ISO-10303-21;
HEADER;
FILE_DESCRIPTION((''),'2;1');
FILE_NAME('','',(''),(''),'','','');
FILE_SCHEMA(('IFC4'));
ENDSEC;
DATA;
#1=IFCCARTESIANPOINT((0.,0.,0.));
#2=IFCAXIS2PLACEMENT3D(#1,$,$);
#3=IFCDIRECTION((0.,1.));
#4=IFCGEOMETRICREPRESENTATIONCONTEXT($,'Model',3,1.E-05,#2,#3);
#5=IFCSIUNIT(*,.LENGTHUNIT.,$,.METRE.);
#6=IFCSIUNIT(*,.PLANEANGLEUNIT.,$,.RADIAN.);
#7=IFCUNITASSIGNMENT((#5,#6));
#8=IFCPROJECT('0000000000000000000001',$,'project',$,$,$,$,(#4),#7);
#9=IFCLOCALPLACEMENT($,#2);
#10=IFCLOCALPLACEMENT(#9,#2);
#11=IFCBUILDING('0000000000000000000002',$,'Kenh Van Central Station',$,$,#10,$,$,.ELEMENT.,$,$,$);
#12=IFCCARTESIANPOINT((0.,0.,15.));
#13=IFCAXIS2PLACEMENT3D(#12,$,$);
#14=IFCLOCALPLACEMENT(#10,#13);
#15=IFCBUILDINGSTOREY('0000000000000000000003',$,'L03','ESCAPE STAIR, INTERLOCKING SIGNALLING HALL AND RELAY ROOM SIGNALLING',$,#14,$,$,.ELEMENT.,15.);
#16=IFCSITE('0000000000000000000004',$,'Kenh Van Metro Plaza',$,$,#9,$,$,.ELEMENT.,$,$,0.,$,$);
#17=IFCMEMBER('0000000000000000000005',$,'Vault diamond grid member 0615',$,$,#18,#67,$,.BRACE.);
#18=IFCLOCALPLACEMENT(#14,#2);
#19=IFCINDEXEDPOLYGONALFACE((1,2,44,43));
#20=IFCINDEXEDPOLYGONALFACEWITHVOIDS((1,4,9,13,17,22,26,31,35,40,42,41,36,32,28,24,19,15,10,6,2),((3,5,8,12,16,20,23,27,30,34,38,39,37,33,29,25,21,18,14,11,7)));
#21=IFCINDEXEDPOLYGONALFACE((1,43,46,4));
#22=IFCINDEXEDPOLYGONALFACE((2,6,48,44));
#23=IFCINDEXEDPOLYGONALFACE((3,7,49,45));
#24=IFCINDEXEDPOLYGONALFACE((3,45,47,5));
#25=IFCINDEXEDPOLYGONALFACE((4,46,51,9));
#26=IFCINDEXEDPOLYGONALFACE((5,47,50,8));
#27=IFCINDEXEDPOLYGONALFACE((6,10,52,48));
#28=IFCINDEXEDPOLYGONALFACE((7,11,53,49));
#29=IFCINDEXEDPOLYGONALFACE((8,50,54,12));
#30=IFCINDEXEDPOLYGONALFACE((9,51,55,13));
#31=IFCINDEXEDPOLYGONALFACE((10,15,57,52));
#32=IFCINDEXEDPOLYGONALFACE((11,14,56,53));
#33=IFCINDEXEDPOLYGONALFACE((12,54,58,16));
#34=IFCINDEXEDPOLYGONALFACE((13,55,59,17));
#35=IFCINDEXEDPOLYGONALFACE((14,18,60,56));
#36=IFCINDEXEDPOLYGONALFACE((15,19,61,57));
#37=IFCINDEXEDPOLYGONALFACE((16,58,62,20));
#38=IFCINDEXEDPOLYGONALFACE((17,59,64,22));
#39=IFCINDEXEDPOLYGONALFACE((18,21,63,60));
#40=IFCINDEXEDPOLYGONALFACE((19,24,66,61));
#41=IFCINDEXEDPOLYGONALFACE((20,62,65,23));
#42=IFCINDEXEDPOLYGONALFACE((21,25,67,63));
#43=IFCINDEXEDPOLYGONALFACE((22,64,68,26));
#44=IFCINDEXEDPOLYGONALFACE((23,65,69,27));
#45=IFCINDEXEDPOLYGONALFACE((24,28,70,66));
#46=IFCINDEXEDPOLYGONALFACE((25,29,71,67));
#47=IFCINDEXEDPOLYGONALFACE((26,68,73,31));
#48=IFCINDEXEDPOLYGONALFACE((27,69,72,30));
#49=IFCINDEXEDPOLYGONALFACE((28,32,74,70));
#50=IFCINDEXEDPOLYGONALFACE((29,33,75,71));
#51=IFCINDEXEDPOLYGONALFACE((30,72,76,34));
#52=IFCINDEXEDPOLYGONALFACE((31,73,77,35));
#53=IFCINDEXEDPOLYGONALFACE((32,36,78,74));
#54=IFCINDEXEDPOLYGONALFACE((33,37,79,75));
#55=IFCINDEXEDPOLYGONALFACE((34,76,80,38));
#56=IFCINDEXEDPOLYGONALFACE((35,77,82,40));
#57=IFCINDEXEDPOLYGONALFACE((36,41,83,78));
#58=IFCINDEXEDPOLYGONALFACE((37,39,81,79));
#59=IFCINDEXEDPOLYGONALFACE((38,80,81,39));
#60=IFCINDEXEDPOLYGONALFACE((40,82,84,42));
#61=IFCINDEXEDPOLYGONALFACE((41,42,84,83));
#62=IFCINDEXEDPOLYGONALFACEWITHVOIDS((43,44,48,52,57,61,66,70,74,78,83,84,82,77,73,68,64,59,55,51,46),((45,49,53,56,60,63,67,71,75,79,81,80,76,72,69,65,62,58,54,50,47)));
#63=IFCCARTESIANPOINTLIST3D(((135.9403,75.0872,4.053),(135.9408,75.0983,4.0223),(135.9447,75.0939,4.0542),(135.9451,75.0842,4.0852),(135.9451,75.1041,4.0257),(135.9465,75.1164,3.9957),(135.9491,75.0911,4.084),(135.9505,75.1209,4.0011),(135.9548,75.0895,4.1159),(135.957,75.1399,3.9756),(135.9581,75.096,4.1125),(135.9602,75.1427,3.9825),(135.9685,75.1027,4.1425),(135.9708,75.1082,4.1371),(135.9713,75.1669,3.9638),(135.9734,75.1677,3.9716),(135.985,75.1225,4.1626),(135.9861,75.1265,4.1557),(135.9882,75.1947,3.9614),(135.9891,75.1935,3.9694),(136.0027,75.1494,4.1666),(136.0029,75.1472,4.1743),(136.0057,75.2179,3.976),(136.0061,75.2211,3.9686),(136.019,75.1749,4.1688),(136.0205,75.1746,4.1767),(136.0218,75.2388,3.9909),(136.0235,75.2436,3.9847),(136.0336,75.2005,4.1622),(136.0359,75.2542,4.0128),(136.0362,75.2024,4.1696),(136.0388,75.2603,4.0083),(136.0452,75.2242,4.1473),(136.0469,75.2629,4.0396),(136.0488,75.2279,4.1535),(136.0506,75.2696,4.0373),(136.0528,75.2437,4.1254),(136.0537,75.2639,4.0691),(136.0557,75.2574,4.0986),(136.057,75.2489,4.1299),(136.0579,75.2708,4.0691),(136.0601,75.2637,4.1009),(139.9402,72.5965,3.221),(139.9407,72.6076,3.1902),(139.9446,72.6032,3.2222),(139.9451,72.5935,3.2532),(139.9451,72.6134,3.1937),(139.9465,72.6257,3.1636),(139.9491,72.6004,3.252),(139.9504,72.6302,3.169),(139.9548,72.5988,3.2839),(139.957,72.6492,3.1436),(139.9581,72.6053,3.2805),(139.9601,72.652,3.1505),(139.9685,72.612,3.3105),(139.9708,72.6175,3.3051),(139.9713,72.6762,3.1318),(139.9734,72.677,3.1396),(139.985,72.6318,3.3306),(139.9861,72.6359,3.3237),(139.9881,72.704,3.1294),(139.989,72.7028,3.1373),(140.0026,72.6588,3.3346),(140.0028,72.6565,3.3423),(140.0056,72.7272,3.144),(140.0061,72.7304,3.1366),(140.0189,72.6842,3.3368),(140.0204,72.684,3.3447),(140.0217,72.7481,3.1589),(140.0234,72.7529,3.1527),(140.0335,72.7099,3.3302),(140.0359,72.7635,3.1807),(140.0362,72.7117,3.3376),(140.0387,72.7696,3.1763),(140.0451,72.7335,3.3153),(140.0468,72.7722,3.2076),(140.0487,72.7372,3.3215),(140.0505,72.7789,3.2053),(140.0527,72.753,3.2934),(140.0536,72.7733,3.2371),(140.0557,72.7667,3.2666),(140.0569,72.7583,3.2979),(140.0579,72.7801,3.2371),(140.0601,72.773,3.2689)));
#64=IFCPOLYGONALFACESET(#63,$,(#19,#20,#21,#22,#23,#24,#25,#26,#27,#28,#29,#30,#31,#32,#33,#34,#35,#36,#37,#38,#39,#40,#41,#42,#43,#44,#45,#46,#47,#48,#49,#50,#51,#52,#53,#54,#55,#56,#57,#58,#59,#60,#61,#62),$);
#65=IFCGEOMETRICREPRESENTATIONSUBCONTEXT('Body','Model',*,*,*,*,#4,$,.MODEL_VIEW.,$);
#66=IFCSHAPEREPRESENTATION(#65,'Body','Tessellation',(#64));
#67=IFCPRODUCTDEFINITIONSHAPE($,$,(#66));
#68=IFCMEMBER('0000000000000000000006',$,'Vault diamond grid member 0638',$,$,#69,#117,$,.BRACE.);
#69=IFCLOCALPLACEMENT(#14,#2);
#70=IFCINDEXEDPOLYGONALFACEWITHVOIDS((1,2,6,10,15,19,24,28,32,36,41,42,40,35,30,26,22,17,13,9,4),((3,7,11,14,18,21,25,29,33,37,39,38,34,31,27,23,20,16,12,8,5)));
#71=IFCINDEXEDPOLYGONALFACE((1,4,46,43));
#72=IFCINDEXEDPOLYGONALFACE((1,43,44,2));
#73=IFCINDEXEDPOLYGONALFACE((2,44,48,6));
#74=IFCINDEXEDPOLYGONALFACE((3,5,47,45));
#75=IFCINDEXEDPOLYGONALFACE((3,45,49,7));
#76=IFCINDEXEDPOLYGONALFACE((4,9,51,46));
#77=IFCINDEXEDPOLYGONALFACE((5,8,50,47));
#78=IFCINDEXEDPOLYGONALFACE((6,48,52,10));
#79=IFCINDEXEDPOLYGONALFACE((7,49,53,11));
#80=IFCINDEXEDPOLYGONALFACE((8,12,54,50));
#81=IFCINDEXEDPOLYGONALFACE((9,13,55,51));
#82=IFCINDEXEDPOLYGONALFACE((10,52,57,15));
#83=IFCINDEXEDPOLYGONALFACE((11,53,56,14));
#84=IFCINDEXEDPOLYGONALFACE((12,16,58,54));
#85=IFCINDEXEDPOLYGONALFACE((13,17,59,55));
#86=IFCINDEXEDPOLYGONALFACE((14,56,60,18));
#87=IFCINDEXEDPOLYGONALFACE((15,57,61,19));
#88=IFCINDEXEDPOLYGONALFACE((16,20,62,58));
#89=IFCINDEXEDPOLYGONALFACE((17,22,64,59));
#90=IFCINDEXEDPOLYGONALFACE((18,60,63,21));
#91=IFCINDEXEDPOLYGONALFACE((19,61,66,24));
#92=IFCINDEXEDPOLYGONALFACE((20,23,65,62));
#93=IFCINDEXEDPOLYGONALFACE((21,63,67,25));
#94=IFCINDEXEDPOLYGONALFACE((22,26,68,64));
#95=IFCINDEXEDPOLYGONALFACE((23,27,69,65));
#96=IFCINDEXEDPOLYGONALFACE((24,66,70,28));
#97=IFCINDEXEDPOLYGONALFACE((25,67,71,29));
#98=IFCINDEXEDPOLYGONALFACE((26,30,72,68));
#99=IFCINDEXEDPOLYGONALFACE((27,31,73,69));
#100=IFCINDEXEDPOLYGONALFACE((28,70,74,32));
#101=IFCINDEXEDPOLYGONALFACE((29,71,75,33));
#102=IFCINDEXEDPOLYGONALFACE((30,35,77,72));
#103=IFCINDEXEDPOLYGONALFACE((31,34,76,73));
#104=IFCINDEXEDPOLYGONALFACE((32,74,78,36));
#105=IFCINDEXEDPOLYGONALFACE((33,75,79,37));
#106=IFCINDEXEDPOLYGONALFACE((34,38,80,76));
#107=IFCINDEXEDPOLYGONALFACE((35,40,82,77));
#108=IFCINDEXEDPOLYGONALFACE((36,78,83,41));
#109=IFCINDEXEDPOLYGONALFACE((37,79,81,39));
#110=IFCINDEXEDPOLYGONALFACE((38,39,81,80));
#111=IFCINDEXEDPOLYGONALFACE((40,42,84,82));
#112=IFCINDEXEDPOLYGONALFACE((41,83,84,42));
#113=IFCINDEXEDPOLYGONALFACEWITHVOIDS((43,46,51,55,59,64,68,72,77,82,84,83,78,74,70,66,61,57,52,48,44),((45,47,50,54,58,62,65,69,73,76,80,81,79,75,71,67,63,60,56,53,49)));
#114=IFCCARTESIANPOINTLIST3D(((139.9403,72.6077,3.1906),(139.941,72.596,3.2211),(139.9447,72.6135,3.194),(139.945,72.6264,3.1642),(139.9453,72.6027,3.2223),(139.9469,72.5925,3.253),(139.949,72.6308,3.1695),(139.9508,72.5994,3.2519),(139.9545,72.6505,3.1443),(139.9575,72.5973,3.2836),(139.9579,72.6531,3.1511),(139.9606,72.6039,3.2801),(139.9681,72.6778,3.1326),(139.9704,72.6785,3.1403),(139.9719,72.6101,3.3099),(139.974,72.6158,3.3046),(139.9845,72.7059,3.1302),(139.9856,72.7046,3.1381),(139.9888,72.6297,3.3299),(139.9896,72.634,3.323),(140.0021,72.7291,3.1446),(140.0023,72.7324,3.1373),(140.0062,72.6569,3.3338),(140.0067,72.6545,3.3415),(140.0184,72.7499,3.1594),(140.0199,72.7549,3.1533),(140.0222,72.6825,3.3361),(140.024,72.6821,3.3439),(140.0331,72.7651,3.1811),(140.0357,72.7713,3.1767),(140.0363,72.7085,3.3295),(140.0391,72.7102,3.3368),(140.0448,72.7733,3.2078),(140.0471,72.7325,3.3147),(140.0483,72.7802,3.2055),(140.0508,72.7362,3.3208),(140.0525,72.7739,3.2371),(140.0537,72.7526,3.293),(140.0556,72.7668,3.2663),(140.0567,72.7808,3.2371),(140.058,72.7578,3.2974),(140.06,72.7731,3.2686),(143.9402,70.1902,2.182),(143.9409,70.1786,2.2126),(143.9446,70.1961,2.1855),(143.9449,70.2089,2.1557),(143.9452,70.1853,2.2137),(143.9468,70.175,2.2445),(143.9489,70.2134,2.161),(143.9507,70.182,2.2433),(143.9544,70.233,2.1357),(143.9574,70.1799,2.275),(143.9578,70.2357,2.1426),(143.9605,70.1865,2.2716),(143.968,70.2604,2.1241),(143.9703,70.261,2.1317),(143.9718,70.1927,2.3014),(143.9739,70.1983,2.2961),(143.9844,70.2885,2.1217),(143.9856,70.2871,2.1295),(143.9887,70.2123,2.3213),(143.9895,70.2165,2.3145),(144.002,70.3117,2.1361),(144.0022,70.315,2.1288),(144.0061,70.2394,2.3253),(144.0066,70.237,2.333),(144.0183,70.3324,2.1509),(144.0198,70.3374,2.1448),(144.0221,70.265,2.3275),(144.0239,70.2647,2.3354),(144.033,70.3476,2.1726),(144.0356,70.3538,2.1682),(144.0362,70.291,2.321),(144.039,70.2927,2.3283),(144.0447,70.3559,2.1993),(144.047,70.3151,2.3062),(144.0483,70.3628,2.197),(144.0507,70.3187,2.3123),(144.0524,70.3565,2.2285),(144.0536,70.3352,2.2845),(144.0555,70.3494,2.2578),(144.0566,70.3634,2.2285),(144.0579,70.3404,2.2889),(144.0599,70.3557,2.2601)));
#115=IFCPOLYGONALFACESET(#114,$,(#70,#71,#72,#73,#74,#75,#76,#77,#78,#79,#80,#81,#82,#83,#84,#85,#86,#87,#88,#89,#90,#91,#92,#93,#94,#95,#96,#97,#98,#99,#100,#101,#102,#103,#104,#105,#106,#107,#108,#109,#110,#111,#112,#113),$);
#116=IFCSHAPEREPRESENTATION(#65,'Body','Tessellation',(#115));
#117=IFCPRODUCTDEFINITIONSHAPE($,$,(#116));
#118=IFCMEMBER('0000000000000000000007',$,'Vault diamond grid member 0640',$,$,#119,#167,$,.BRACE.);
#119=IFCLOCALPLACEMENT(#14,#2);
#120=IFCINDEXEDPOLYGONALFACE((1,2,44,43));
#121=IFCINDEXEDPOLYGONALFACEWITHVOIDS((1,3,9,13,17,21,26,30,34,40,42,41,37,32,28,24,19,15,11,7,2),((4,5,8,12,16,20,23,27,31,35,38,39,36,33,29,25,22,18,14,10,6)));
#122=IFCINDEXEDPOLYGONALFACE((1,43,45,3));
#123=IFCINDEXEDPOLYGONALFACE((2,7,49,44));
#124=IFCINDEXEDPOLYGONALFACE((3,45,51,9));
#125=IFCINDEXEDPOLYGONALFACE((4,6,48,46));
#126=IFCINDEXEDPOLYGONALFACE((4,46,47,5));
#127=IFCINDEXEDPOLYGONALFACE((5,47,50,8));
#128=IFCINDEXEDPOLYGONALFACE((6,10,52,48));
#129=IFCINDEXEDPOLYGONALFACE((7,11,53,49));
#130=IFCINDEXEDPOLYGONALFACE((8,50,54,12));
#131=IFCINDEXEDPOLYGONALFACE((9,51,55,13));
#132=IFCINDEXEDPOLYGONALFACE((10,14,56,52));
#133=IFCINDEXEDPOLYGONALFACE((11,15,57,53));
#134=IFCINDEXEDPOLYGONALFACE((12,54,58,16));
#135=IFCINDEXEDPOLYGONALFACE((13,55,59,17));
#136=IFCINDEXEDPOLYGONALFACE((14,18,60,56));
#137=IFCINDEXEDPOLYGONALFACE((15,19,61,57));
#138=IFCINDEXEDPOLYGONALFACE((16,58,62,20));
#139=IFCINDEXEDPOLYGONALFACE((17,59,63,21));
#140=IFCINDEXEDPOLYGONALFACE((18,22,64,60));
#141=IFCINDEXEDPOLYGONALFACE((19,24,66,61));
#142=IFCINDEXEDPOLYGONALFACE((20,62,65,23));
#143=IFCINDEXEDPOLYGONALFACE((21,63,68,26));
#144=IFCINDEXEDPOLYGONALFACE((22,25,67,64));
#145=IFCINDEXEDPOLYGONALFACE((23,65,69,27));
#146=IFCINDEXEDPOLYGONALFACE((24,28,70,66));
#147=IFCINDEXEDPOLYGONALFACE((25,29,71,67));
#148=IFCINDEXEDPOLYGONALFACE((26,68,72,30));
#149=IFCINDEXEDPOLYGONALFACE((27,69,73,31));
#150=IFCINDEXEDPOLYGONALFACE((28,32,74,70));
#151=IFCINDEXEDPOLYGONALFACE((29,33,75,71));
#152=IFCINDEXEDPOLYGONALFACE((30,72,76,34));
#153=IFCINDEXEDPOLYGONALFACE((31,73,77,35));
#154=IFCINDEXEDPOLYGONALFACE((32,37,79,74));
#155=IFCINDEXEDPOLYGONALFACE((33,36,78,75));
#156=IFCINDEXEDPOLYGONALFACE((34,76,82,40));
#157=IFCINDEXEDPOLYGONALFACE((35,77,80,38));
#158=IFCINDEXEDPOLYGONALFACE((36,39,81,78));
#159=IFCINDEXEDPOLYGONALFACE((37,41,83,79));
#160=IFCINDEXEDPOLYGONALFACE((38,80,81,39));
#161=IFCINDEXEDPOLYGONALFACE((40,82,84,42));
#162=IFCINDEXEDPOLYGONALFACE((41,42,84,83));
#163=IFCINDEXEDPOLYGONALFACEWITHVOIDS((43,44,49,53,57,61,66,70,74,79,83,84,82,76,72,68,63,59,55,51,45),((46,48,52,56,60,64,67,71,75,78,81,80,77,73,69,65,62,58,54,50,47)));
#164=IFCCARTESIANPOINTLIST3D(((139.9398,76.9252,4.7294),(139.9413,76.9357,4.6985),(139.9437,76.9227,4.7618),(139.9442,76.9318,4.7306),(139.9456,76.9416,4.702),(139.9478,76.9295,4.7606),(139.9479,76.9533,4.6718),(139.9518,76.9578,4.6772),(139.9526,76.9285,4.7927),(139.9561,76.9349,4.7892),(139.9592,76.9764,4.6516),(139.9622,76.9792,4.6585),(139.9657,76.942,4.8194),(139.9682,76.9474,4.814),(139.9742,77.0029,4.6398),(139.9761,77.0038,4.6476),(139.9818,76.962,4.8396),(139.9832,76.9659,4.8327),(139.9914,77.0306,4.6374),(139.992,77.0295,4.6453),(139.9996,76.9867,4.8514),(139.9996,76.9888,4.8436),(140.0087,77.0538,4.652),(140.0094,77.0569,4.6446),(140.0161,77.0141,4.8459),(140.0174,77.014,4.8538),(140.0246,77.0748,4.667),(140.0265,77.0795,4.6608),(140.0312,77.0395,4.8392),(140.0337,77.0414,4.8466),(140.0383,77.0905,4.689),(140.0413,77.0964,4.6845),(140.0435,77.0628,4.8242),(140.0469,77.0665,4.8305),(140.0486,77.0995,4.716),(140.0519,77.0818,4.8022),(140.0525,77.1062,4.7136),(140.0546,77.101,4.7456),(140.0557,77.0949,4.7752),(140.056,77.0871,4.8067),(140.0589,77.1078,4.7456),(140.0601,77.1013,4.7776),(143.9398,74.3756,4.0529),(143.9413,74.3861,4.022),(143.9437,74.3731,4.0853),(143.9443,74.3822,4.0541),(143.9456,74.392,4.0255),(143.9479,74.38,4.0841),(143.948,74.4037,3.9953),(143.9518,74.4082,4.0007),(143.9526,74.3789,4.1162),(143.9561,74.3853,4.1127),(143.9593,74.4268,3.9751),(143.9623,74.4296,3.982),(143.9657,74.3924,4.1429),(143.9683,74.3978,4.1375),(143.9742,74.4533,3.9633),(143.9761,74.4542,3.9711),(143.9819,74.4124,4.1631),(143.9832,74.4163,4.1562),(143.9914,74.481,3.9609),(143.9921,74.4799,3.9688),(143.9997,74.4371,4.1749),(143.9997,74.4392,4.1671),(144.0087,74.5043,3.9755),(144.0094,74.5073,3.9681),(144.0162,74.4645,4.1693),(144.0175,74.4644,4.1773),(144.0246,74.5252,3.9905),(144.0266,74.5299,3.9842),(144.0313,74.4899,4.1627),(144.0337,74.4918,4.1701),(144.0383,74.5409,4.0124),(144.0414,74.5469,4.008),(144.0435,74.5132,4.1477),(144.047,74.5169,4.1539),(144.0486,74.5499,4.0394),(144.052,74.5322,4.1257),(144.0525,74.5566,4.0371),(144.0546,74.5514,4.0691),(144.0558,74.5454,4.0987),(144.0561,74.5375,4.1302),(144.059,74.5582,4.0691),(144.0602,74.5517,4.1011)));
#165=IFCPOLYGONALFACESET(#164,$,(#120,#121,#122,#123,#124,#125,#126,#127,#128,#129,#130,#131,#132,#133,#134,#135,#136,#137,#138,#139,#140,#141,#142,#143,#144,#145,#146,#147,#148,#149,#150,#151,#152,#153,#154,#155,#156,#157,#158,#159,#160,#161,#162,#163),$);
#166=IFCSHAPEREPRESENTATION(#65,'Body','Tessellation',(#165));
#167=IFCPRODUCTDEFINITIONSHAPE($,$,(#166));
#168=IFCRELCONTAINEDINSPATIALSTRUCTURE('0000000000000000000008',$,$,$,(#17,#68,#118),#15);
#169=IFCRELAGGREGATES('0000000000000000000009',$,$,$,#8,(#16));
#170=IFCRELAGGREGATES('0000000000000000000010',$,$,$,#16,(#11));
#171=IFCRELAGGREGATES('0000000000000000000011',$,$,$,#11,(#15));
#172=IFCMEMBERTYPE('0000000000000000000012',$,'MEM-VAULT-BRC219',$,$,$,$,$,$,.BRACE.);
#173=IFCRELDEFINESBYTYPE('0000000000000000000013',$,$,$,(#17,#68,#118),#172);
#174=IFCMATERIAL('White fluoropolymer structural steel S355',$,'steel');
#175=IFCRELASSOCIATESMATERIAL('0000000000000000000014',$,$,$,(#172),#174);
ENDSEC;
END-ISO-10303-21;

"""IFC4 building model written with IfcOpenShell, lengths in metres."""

from ifc_helpers import new_model, si_unit, direction, frame, origin, origin_2d, place, context, subcontext, project, spatial, hollow_circle, extrude, material, material_profile, profile_set, type_object, element, save


model = new_model("IFC4")

# Units and contexts
model_context = context("Model", 3, precision=1e-05, world=origin(), true_north=direction((0.0, 1.0)))
body_context = subcontext(model_context, "Body", "Model", "MODEL_VIEW")
ifc_project = project(units=[si_unit("LENGTHUNIT", "METRE"), si_unit("PLANEANGLEUNIT", "RADIAN")], contexts=[model_context])

# Site, building, storey
site_placement = place(None, origin())
site = spatial("IfcSite", under=ifc_project, at=site_placement, Name="Kenh Van Metro Plaza", CompositionType="ELEMENT", RefElevation=0.0)
building_placement = place(site_placement, origin())
building = spatial("IfcBuilding", under=site, at=building_placement, Name="Kenh Van Central Station", CompositionType="ELEMENT")
storey_placement = place(building_placement, frame((0.0, 0.0, 15.0)))
storey = spatial("IfcBuildingStorey", under=building, at=storey_placement, Name="L03", Description="ESCAPE STAIR, INTERLOCKING SIGNALLING HALL AND RELAY ROOM SIGNALLING", CompositionType="ELEMENT", Elevation=15.0)

# Shared definitions
ifc_material_1 = material(Name="White fluoropolymer structural steel S355", Category="steel")

# Members
ifc_material_profile_1 = material_profile(ifc_material_1, hollow_circle(Radius=0.1096, WallThickness=0.0081, at=origin_2d()), Name="CHS 219.1x8")
ifc_profile_set_1 = profile_set([ifc_material_profile_1], Name="White fluoropolymer structural steel S355")
member_type_1 = type_object("IfcMemberType", Name="MEM-VAULT-BRC219", PredefinedType="BRACE", material=ifc_profile_set_1)
member_1_placement = place(storey_placement, frame((136.0, 75.1777, 4.0691), z_axis=(0.83595, -0.52053, -0.173884), x_axis=(0.528582, 0.848882, 0.0)))
element("IfcMember", 1, at=member_1_placement, inside=storey, type_object=member_type_1, Name="Vault diamond grid member 0615", PredefinedType="BRACE", context=body_context, shape_type="SweptSolid", body=[
    extrude(hollow_circle(Radius=0.1096, WallThickness=0.0081, at=origin_2d()), origin(), (0.0, 0.0, 1.0), 4.7849),
])
member_2_placement = place(storey_placement, frame((140.0, 72.687, 3.2371), z_axis=(0.836583, -0.505606, -0.210933), x_axis=(0.517243, 0.855838, 0.0)))
element("IfcMember", 2, at=member_2_placement, inside=storey, type_object=member_type_1, Name="Vault diamond grid member 0638", PredefinedType="BRACE", context=body_context, shape_type="SweptSolid", body=[
    extrude(hollow_circle(Radius=0.1096, WallThickness=0.0081, at=origin_2d()), origin(), (0.0, 0.0, 1.0), 4.7812),
])
member_3_placement = place(storey_placement, frame((140.0, 77.0154, 4.7456), z_axis=(0.834822, -0.532107, -0.141192), x_axis=(0.537491, 0.843269, 0.0)))
element("IfcMember", 3, at=member_3_placement, inside=storey, type_object=member_type_1, Name="Vault diamond grid member 0640", PredefinedType="BRACE", context=body_context, shape_type="SweptSolid", body=[
    extrude(hollow_circle(Radius=0.1096, WallThickness=0.0081, at=origin_2d()), origin(), (0.0, 0.0, 1.0), 4.7915),
])

save(model, "model.ifc")
